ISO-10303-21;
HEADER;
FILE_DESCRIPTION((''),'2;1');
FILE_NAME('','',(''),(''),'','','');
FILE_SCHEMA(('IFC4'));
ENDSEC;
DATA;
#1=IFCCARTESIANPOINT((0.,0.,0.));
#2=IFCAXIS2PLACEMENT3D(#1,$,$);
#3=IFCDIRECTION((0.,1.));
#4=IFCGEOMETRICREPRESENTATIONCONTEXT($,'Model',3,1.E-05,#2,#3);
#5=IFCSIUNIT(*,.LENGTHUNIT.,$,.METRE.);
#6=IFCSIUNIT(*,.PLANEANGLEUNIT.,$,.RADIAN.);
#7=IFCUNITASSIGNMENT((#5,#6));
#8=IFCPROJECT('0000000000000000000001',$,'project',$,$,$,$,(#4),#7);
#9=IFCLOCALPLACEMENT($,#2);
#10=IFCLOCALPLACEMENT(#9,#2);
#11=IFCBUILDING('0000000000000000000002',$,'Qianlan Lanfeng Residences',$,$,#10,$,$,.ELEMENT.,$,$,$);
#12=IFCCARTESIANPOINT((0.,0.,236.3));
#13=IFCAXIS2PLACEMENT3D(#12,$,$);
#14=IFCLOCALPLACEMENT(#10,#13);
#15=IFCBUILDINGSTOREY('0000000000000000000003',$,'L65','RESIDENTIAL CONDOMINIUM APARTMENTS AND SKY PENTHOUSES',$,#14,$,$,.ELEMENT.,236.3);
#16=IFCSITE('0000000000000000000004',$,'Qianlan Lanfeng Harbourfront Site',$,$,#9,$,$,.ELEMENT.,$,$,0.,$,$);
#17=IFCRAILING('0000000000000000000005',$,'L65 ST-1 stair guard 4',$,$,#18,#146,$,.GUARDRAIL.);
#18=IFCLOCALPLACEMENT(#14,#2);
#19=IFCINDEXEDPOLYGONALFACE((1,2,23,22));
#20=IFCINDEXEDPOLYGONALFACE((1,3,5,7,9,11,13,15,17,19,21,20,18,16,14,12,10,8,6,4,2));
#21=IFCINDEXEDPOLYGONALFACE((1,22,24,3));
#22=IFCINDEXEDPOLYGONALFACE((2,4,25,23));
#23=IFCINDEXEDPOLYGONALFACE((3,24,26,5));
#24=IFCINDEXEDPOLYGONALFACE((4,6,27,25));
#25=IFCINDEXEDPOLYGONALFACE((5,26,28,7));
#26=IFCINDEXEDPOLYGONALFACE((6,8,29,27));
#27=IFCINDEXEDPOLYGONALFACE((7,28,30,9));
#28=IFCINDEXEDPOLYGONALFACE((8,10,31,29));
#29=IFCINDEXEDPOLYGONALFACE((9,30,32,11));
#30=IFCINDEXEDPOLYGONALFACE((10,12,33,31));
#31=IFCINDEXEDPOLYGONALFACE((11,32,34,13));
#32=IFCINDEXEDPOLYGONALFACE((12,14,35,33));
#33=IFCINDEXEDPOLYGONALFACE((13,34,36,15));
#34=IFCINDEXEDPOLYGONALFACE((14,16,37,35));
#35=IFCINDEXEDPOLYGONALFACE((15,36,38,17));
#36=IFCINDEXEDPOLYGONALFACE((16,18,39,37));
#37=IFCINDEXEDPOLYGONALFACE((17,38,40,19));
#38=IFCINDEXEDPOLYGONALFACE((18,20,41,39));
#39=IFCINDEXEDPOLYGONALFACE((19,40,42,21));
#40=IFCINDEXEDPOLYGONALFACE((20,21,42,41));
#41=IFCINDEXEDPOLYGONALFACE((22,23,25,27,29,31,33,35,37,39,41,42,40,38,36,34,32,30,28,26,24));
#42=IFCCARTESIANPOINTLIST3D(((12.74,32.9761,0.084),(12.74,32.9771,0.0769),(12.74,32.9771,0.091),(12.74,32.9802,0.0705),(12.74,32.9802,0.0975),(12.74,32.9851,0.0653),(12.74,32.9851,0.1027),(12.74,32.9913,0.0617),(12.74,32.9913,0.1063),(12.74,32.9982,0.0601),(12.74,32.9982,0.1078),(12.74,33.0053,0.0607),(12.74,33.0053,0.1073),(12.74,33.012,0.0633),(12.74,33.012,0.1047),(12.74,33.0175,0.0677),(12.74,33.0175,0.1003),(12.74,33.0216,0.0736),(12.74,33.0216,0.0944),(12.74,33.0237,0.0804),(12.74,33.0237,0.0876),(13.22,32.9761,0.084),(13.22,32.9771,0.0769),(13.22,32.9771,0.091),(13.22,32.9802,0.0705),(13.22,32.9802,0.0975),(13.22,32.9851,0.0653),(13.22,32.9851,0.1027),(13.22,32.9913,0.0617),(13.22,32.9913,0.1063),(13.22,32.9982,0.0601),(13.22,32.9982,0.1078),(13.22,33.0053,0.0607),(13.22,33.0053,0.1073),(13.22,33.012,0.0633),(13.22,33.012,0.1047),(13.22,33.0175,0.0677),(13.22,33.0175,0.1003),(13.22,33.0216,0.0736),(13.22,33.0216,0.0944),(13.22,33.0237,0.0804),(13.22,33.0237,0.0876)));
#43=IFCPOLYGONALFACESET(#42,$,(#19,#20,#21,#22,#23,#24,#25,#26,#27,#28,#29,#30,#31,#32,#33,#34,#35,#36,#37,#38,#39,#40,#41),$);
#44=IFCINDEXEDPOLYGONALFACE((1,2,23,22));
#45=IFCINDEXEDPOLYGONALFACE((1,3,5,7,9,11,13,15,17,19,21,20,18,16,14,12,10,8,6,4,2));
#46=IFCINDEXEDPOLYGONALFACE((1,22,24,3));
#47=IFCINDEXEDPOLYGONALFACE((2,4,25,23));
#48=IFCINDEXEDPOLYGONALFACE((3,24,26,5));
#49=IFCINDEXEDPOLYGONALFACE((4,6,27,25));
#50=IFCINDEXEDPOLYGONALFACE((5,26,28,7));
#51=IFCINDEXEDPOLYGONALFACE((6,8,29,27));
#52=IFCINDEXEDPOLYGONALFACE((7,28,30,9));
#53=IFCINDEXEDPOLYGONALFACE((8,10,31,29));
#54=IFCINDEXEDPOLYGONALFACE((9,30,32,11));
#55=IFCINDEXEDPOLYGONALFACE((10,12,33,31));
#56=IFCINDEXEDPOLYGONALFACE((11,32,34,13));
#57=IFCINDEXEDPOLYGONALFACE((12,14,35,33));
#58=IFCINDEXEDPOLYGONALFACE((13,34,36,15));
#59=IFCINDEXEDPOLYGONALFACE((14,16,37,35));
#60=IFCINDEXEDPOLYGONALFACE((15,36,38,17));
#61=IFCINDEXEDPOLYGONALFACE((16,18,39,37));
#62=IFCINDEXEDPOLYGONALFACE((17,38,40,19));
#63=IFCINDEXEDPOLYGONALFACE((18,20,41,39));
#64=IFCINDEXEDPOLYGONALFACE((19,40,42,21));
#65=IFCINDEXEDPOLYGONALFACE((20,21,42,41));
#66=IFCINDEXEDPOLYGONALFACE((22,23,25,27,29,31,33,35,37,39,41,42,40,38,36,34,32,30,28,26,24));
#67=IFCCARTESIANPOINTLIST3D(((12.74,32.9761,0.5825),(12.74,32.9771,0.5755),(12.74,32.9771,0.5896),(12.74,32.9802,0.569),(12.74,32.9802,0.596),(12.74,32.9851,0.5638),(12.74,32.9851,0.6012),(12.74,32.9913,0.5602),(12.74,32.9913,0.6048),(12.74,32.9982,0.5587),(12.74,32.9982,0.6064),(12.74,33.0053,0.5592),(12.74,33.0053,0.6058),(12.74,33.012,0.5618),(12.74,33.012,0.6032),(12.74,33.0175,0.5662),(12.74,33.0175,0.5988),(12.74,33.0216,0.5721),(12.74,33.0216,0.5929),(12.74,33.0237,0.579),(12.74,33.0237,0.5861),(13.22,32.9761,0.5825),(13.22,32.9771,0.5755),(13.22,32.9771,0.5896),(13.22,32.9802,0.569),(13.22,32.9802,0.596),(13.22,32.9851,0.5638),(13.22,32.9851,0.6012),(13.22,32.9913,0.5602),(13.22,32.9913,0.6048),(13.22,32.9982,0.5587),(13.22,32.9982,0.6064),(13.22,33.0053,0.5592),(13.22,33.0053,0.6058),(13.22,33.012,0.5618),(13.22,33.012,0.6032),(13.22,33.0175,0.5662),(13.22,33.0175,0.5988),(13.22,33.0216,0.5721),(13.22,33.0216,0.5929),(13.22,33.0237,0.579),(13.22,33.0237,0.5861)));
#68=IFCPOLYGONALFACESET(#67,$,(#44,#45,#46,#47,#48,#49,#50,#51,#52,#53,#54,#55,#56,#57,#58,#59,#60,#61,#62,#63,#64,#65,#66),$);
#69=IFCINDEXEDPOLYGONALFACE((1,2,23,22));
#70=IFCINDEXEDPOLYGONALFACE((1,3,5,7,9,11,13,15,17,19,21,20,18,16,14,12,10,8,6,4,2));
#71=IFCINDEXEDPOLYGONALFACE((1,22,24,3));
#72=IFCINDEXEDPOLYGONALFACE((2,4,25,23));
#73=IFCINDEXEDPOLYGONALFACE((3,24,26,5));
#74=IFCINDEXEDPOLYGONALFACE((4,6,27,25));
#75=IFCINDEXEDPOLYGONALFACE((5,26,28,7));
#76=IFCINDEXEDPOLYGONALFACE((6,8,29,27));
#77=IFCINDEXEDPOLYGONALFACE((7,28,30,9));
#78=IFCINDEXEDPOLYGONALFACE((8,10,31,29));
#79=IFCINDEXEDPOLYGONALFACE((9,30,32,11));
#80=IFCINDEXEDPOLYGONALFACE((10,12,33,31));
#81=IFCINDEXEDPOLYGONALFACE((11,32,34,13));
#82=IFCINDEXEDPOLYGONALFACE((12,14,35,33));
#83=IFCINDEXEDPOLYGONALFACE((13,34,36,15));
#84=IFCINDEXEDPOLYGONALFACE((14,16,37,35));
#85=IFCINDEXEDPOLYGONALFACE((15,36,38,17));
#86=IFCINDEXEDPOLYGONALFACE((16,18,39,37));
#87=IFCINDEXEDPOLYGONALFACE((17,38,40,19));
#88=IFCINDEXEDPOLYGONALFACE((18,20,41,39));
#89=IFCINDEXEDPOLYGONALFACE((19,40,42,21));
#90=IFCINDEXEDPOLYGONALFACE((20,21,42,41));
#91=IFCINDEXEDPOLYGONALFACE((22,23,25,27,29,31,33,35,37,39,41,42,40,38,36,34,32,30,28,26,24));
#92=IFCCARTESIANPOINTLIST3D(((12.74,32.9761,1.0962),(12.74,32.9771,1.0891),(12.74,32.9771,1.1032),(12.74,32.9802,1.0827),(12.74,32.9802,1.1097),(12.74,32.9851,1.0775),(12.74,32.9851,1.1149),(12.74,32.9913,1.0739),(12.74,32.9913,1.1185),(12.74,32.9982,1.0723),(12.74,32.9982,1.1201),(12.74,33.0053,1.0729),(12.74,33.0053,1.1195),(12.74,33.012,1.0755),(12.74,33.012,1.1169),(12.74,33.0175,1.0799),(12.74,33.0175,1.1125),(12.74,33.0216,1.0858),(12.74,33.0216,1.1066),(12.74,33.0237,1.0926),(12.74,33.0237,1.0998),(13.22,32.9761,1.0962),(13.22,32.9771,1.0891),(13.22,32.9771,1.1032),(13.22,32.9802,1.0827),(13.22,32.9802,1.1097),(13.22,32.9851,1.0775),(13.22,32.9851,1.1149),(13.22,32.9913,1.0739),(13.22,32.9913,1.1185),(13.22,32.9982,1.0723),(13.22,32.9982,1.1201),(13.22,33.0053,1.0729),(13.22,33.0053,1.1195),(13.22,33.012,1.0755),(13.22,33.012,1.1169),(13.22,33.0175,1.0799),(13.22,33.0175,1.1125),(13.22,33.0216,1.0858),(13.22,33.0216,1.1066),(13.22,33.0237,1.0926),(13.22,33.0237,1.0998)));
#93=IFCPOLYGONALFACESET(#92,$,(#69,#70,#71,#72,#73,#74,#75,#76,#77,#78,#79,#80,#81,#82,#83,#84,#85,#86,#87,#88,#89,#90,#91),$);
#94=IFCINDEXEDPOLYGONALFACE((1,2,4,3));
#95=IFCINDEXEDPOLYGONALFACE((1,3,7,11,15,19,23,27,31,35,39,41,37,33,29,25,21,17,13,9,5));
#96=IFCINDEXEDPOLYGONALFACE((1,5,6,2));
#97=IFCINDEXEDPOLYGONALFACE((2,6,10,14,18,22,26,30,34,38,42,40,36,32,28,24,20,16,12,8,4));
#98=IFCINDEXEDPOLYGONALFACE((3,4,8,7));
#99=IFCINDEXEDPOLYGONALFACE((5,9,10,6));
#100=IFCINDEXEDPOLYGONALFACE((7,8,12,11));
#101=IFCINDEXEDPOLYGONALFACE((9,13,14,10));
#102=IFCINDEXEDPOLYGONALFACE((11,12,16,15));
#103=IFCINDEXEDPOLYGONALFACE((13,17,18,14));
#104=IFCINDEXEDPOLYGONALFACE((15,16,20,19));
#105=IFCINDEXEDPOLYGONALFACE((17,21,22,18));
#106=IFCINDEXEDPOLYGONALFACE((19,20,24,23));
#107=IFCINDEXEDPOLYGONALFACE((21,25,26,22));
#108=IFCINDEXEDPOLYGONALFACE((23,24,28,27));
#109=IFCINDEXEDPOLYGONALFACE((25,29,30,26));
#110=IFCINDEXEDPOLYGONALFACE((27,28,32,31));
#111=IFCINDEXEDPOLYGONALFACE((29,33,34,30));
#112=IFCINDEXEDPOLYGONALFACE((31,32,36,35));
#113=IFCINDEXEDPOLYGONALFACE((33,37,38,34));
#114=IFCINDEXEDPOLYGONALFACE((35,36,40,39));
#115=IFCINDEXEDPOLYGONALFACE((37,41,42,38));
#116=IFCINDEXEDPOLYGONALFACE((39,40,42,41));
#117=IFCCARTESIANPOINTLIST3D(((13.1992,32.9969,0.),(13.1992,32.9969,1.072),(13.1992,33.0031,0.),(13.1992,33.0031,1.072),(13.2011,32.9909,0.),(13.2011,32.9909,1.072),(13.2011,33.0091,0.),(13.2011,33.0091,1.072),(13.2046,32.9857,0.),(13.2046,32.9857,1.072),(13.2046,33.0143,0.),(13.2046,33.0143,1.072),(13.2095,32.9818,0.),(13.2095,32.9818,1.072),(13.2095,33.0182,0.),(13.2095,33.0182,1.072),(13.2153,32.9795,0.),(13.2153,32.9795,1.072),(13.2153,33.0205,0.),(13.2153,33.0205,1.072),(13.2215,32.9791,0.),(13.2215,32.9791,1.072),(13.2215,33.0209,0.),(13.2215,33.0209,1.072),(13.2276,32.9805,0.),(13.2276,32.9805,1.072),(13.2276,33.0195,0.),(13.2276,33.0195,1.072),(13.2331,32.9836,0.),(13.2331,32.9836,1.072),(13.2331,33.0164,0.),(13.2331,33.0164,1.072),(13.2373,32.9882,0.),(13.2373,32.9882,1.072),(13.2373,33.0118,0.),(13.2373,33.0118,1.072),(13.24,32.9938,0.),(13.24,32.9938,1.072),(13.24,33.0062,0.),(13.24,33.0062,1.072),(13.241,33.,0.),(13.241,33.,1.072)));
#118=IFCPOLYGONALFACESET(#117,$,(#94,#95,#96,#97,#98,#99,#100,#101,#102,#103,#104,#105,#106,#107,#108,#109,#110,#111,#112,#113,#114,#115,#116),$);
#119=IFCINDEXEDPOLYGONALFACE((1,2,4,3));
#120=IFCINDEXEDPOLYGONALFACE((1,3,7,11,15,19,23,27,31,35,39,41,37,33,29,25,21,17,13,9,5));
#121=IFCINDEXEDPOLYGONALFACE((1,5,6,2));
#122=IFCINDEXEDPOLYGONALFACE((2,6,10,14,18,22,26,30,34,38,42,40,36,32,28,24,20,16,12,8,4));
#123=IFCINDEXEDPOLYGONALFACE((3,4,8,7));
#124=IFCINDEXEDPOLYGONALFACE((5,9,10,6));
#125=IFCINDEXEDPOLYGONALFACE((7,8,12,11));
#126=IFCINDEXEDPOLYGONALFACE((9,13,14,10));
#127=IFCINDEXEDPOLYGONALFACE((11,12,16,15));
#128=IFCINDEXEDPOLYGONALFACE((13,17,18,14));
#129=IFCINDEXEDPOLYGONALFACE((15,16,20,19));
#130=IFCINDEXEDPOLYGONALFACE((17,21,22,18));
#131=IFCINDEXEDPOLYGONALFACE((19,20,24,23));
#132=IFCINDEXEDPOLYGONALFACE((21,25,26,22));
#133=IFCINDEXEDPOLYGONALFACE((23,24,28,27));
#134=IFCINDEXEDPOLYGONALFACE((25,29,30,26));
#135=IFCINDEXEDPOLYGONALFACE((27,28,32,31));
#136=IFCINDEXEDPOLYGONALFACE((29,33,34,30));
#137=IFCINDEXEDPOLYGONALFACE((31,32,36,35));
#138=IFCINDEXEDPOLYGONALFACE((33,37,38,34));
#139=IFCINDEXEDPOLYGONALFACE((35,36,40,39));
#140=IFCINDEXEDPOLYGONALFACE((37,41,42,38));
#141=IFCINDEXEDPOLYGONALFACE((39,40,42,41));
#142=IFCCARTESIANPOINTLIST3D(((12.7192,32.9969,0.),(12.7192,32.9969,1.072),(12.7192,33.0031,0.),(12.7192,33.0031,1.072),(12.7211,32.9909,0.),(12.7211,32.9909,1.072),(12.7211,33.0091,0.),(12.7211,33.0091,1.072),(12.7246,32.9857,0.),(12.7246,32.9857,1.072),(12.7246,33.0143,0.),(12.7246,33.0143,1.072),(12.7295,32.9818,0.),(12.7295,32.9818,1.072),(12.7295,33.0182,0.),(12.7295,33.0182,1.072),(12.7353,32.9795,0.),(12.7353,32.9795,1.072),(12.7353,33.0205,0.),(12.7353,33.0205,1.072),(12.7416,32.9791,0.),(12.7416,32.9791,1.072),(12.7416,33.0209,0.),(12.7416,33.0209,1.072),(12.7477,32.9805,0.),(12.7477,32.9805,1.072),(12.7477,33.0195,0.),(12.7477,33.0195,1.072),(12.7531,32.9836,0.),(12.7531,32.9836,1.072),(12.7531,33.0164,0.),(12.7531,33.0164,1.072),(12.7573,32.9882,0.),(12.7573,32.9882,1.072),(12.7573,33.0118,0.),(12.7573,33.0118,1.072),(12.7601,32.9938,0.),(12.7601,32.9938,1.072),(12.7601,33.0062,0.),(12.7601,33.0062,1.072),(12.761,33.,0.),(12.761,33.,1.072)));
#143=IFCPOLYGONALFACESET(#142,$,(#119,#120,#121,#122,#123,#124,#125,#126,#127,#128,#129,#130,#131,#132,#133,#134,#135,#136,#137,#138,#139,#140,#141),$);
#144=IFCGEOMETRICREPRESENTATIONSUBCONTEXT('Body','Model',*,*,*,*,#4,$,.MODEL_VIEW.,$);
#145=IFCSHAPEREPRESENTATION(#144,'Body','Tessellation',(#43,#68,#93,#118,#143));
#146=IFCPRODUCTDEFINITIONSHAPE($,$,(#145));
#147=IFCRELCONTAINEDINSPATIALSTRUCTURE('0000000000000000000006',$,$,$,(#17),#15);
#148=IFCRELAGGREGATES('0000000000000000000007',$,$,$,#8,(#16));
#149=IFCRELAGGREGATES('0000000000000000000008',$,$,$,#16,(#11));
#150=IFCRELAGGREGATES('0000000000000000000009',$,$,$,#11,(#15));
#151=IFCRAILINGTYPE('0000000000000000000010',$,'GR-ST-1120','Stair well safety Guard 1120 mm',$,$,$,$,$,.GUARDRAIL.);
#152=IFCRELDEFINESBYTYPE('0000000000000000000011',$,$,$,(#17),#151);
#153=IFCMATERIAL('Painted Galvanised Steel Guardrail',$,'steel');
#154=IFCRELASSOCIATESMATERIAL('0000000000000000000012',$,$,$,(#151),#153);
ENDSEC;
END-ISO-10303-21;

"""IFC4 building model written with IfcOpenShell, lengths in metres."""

from ifc_helpers import new_model, si_unit, direction, frame, origin, origin_2d, place, context, subcontext, project, spatial, circle, extrude, material, type_object, element, save


model = new_model("IFC4")

# Units and contexts
model_context = context("Model", 3, precision=1e-05, world=origin(), true_north=direction((0.0, 1.0)))
body_context = subcontext(model_context, "Body", "Model", "MODEL_VIEW")
ifc_project = project(units=[si_unit("LENGTHUNIT", "METRE"), si_unit("PLANEANGLEUNIT", "RADIAN")], contexts=[model_context])

# Site, building, storey
site_placement = place(None, origin())
site = spatial("IfcSite", under=ifc_project, at=site_placement, Name="Qianlan Lanfeng Harbourfront Site", CompositionType="ELEMENT", RefElevation=0.0)
building_placement = place(site_placement, origin())
building = spatial("IfcBuilding", under=site, at=building_placement, Name="Qianlan Lanfeng Residences", CompositionType="ELEMENT")
storey_placement = place(building_placement, frame((0.0, 0.0, 236.3)))
storey = spatial("IfcBuildingStorey", under=building, at=storey_placement, Name="L65", Description="RESIDENTIAL CONDOMINIUM APARTMENTS AND SKY PENTHOUSES", CompositionType="ELEMENT", Elevation=236.3)

# Railing
ifc_material_1 = material(Name="Painted Galvanised Steel Guardrail", Category="steel")
railing_type_1 = type_object("IfcRailingType", Name="GR-ST-1120", Description="Stair well safety Guard 1120 mm", PredefinedType="GUARDRAIL", material=ifc_material_1)
railing_1_placement = place(storey_placement, frame((13.22, 33.0, 0.0)))
element("IfcRailing", 1, at=railing_1_placement, inside=storey, type_object=railing_type_1, Name="L65 ST-1 stair guard 4", PredefinedType="GUARDRAIL", context=body_context, shape_type="SweptSolid", body=[
    extrude(circle(Radius=0.0239, at=origin_2d()), frame((0.0, 0.0, 0.084), z_axis=(-1.0, 0.0, 0.0), x_axis=(0.0, -1.0, 0.0)), (0.0, 0.0, 1.0), 0.48),
    extrude(circle(Radius=0.0239, at=origin_2d()), frame((0.0, 0.0, 0.5825), z_axis=(-1.0, 0.0, 0.0), x_axis=(0.0, -1.0, 0.0)), (0.0, 0.0, 1.0), 0.48),
    extrude(circle(Radius=0.0239, at=origin_2d()), frame((0.0, 0.0, 1.0962), z_axis=(-1.0, 0.0, 0.0), x_axis=(0.0, -1.0, 0.0)), (0.0, 0.0, 1.0), 0.48),
    extrude(circle(Radius=0.021, at=origin_2d()), origin(), (0.0, 0.0, 1.0), 1.072),
    extrude(circle(Radius=0.021, at=origin_2d()), frame((-0.48, 0.0, 0.0)), (0.0, 0.0, 1.0), 1.072),
])

save(model, "model.ifc")
